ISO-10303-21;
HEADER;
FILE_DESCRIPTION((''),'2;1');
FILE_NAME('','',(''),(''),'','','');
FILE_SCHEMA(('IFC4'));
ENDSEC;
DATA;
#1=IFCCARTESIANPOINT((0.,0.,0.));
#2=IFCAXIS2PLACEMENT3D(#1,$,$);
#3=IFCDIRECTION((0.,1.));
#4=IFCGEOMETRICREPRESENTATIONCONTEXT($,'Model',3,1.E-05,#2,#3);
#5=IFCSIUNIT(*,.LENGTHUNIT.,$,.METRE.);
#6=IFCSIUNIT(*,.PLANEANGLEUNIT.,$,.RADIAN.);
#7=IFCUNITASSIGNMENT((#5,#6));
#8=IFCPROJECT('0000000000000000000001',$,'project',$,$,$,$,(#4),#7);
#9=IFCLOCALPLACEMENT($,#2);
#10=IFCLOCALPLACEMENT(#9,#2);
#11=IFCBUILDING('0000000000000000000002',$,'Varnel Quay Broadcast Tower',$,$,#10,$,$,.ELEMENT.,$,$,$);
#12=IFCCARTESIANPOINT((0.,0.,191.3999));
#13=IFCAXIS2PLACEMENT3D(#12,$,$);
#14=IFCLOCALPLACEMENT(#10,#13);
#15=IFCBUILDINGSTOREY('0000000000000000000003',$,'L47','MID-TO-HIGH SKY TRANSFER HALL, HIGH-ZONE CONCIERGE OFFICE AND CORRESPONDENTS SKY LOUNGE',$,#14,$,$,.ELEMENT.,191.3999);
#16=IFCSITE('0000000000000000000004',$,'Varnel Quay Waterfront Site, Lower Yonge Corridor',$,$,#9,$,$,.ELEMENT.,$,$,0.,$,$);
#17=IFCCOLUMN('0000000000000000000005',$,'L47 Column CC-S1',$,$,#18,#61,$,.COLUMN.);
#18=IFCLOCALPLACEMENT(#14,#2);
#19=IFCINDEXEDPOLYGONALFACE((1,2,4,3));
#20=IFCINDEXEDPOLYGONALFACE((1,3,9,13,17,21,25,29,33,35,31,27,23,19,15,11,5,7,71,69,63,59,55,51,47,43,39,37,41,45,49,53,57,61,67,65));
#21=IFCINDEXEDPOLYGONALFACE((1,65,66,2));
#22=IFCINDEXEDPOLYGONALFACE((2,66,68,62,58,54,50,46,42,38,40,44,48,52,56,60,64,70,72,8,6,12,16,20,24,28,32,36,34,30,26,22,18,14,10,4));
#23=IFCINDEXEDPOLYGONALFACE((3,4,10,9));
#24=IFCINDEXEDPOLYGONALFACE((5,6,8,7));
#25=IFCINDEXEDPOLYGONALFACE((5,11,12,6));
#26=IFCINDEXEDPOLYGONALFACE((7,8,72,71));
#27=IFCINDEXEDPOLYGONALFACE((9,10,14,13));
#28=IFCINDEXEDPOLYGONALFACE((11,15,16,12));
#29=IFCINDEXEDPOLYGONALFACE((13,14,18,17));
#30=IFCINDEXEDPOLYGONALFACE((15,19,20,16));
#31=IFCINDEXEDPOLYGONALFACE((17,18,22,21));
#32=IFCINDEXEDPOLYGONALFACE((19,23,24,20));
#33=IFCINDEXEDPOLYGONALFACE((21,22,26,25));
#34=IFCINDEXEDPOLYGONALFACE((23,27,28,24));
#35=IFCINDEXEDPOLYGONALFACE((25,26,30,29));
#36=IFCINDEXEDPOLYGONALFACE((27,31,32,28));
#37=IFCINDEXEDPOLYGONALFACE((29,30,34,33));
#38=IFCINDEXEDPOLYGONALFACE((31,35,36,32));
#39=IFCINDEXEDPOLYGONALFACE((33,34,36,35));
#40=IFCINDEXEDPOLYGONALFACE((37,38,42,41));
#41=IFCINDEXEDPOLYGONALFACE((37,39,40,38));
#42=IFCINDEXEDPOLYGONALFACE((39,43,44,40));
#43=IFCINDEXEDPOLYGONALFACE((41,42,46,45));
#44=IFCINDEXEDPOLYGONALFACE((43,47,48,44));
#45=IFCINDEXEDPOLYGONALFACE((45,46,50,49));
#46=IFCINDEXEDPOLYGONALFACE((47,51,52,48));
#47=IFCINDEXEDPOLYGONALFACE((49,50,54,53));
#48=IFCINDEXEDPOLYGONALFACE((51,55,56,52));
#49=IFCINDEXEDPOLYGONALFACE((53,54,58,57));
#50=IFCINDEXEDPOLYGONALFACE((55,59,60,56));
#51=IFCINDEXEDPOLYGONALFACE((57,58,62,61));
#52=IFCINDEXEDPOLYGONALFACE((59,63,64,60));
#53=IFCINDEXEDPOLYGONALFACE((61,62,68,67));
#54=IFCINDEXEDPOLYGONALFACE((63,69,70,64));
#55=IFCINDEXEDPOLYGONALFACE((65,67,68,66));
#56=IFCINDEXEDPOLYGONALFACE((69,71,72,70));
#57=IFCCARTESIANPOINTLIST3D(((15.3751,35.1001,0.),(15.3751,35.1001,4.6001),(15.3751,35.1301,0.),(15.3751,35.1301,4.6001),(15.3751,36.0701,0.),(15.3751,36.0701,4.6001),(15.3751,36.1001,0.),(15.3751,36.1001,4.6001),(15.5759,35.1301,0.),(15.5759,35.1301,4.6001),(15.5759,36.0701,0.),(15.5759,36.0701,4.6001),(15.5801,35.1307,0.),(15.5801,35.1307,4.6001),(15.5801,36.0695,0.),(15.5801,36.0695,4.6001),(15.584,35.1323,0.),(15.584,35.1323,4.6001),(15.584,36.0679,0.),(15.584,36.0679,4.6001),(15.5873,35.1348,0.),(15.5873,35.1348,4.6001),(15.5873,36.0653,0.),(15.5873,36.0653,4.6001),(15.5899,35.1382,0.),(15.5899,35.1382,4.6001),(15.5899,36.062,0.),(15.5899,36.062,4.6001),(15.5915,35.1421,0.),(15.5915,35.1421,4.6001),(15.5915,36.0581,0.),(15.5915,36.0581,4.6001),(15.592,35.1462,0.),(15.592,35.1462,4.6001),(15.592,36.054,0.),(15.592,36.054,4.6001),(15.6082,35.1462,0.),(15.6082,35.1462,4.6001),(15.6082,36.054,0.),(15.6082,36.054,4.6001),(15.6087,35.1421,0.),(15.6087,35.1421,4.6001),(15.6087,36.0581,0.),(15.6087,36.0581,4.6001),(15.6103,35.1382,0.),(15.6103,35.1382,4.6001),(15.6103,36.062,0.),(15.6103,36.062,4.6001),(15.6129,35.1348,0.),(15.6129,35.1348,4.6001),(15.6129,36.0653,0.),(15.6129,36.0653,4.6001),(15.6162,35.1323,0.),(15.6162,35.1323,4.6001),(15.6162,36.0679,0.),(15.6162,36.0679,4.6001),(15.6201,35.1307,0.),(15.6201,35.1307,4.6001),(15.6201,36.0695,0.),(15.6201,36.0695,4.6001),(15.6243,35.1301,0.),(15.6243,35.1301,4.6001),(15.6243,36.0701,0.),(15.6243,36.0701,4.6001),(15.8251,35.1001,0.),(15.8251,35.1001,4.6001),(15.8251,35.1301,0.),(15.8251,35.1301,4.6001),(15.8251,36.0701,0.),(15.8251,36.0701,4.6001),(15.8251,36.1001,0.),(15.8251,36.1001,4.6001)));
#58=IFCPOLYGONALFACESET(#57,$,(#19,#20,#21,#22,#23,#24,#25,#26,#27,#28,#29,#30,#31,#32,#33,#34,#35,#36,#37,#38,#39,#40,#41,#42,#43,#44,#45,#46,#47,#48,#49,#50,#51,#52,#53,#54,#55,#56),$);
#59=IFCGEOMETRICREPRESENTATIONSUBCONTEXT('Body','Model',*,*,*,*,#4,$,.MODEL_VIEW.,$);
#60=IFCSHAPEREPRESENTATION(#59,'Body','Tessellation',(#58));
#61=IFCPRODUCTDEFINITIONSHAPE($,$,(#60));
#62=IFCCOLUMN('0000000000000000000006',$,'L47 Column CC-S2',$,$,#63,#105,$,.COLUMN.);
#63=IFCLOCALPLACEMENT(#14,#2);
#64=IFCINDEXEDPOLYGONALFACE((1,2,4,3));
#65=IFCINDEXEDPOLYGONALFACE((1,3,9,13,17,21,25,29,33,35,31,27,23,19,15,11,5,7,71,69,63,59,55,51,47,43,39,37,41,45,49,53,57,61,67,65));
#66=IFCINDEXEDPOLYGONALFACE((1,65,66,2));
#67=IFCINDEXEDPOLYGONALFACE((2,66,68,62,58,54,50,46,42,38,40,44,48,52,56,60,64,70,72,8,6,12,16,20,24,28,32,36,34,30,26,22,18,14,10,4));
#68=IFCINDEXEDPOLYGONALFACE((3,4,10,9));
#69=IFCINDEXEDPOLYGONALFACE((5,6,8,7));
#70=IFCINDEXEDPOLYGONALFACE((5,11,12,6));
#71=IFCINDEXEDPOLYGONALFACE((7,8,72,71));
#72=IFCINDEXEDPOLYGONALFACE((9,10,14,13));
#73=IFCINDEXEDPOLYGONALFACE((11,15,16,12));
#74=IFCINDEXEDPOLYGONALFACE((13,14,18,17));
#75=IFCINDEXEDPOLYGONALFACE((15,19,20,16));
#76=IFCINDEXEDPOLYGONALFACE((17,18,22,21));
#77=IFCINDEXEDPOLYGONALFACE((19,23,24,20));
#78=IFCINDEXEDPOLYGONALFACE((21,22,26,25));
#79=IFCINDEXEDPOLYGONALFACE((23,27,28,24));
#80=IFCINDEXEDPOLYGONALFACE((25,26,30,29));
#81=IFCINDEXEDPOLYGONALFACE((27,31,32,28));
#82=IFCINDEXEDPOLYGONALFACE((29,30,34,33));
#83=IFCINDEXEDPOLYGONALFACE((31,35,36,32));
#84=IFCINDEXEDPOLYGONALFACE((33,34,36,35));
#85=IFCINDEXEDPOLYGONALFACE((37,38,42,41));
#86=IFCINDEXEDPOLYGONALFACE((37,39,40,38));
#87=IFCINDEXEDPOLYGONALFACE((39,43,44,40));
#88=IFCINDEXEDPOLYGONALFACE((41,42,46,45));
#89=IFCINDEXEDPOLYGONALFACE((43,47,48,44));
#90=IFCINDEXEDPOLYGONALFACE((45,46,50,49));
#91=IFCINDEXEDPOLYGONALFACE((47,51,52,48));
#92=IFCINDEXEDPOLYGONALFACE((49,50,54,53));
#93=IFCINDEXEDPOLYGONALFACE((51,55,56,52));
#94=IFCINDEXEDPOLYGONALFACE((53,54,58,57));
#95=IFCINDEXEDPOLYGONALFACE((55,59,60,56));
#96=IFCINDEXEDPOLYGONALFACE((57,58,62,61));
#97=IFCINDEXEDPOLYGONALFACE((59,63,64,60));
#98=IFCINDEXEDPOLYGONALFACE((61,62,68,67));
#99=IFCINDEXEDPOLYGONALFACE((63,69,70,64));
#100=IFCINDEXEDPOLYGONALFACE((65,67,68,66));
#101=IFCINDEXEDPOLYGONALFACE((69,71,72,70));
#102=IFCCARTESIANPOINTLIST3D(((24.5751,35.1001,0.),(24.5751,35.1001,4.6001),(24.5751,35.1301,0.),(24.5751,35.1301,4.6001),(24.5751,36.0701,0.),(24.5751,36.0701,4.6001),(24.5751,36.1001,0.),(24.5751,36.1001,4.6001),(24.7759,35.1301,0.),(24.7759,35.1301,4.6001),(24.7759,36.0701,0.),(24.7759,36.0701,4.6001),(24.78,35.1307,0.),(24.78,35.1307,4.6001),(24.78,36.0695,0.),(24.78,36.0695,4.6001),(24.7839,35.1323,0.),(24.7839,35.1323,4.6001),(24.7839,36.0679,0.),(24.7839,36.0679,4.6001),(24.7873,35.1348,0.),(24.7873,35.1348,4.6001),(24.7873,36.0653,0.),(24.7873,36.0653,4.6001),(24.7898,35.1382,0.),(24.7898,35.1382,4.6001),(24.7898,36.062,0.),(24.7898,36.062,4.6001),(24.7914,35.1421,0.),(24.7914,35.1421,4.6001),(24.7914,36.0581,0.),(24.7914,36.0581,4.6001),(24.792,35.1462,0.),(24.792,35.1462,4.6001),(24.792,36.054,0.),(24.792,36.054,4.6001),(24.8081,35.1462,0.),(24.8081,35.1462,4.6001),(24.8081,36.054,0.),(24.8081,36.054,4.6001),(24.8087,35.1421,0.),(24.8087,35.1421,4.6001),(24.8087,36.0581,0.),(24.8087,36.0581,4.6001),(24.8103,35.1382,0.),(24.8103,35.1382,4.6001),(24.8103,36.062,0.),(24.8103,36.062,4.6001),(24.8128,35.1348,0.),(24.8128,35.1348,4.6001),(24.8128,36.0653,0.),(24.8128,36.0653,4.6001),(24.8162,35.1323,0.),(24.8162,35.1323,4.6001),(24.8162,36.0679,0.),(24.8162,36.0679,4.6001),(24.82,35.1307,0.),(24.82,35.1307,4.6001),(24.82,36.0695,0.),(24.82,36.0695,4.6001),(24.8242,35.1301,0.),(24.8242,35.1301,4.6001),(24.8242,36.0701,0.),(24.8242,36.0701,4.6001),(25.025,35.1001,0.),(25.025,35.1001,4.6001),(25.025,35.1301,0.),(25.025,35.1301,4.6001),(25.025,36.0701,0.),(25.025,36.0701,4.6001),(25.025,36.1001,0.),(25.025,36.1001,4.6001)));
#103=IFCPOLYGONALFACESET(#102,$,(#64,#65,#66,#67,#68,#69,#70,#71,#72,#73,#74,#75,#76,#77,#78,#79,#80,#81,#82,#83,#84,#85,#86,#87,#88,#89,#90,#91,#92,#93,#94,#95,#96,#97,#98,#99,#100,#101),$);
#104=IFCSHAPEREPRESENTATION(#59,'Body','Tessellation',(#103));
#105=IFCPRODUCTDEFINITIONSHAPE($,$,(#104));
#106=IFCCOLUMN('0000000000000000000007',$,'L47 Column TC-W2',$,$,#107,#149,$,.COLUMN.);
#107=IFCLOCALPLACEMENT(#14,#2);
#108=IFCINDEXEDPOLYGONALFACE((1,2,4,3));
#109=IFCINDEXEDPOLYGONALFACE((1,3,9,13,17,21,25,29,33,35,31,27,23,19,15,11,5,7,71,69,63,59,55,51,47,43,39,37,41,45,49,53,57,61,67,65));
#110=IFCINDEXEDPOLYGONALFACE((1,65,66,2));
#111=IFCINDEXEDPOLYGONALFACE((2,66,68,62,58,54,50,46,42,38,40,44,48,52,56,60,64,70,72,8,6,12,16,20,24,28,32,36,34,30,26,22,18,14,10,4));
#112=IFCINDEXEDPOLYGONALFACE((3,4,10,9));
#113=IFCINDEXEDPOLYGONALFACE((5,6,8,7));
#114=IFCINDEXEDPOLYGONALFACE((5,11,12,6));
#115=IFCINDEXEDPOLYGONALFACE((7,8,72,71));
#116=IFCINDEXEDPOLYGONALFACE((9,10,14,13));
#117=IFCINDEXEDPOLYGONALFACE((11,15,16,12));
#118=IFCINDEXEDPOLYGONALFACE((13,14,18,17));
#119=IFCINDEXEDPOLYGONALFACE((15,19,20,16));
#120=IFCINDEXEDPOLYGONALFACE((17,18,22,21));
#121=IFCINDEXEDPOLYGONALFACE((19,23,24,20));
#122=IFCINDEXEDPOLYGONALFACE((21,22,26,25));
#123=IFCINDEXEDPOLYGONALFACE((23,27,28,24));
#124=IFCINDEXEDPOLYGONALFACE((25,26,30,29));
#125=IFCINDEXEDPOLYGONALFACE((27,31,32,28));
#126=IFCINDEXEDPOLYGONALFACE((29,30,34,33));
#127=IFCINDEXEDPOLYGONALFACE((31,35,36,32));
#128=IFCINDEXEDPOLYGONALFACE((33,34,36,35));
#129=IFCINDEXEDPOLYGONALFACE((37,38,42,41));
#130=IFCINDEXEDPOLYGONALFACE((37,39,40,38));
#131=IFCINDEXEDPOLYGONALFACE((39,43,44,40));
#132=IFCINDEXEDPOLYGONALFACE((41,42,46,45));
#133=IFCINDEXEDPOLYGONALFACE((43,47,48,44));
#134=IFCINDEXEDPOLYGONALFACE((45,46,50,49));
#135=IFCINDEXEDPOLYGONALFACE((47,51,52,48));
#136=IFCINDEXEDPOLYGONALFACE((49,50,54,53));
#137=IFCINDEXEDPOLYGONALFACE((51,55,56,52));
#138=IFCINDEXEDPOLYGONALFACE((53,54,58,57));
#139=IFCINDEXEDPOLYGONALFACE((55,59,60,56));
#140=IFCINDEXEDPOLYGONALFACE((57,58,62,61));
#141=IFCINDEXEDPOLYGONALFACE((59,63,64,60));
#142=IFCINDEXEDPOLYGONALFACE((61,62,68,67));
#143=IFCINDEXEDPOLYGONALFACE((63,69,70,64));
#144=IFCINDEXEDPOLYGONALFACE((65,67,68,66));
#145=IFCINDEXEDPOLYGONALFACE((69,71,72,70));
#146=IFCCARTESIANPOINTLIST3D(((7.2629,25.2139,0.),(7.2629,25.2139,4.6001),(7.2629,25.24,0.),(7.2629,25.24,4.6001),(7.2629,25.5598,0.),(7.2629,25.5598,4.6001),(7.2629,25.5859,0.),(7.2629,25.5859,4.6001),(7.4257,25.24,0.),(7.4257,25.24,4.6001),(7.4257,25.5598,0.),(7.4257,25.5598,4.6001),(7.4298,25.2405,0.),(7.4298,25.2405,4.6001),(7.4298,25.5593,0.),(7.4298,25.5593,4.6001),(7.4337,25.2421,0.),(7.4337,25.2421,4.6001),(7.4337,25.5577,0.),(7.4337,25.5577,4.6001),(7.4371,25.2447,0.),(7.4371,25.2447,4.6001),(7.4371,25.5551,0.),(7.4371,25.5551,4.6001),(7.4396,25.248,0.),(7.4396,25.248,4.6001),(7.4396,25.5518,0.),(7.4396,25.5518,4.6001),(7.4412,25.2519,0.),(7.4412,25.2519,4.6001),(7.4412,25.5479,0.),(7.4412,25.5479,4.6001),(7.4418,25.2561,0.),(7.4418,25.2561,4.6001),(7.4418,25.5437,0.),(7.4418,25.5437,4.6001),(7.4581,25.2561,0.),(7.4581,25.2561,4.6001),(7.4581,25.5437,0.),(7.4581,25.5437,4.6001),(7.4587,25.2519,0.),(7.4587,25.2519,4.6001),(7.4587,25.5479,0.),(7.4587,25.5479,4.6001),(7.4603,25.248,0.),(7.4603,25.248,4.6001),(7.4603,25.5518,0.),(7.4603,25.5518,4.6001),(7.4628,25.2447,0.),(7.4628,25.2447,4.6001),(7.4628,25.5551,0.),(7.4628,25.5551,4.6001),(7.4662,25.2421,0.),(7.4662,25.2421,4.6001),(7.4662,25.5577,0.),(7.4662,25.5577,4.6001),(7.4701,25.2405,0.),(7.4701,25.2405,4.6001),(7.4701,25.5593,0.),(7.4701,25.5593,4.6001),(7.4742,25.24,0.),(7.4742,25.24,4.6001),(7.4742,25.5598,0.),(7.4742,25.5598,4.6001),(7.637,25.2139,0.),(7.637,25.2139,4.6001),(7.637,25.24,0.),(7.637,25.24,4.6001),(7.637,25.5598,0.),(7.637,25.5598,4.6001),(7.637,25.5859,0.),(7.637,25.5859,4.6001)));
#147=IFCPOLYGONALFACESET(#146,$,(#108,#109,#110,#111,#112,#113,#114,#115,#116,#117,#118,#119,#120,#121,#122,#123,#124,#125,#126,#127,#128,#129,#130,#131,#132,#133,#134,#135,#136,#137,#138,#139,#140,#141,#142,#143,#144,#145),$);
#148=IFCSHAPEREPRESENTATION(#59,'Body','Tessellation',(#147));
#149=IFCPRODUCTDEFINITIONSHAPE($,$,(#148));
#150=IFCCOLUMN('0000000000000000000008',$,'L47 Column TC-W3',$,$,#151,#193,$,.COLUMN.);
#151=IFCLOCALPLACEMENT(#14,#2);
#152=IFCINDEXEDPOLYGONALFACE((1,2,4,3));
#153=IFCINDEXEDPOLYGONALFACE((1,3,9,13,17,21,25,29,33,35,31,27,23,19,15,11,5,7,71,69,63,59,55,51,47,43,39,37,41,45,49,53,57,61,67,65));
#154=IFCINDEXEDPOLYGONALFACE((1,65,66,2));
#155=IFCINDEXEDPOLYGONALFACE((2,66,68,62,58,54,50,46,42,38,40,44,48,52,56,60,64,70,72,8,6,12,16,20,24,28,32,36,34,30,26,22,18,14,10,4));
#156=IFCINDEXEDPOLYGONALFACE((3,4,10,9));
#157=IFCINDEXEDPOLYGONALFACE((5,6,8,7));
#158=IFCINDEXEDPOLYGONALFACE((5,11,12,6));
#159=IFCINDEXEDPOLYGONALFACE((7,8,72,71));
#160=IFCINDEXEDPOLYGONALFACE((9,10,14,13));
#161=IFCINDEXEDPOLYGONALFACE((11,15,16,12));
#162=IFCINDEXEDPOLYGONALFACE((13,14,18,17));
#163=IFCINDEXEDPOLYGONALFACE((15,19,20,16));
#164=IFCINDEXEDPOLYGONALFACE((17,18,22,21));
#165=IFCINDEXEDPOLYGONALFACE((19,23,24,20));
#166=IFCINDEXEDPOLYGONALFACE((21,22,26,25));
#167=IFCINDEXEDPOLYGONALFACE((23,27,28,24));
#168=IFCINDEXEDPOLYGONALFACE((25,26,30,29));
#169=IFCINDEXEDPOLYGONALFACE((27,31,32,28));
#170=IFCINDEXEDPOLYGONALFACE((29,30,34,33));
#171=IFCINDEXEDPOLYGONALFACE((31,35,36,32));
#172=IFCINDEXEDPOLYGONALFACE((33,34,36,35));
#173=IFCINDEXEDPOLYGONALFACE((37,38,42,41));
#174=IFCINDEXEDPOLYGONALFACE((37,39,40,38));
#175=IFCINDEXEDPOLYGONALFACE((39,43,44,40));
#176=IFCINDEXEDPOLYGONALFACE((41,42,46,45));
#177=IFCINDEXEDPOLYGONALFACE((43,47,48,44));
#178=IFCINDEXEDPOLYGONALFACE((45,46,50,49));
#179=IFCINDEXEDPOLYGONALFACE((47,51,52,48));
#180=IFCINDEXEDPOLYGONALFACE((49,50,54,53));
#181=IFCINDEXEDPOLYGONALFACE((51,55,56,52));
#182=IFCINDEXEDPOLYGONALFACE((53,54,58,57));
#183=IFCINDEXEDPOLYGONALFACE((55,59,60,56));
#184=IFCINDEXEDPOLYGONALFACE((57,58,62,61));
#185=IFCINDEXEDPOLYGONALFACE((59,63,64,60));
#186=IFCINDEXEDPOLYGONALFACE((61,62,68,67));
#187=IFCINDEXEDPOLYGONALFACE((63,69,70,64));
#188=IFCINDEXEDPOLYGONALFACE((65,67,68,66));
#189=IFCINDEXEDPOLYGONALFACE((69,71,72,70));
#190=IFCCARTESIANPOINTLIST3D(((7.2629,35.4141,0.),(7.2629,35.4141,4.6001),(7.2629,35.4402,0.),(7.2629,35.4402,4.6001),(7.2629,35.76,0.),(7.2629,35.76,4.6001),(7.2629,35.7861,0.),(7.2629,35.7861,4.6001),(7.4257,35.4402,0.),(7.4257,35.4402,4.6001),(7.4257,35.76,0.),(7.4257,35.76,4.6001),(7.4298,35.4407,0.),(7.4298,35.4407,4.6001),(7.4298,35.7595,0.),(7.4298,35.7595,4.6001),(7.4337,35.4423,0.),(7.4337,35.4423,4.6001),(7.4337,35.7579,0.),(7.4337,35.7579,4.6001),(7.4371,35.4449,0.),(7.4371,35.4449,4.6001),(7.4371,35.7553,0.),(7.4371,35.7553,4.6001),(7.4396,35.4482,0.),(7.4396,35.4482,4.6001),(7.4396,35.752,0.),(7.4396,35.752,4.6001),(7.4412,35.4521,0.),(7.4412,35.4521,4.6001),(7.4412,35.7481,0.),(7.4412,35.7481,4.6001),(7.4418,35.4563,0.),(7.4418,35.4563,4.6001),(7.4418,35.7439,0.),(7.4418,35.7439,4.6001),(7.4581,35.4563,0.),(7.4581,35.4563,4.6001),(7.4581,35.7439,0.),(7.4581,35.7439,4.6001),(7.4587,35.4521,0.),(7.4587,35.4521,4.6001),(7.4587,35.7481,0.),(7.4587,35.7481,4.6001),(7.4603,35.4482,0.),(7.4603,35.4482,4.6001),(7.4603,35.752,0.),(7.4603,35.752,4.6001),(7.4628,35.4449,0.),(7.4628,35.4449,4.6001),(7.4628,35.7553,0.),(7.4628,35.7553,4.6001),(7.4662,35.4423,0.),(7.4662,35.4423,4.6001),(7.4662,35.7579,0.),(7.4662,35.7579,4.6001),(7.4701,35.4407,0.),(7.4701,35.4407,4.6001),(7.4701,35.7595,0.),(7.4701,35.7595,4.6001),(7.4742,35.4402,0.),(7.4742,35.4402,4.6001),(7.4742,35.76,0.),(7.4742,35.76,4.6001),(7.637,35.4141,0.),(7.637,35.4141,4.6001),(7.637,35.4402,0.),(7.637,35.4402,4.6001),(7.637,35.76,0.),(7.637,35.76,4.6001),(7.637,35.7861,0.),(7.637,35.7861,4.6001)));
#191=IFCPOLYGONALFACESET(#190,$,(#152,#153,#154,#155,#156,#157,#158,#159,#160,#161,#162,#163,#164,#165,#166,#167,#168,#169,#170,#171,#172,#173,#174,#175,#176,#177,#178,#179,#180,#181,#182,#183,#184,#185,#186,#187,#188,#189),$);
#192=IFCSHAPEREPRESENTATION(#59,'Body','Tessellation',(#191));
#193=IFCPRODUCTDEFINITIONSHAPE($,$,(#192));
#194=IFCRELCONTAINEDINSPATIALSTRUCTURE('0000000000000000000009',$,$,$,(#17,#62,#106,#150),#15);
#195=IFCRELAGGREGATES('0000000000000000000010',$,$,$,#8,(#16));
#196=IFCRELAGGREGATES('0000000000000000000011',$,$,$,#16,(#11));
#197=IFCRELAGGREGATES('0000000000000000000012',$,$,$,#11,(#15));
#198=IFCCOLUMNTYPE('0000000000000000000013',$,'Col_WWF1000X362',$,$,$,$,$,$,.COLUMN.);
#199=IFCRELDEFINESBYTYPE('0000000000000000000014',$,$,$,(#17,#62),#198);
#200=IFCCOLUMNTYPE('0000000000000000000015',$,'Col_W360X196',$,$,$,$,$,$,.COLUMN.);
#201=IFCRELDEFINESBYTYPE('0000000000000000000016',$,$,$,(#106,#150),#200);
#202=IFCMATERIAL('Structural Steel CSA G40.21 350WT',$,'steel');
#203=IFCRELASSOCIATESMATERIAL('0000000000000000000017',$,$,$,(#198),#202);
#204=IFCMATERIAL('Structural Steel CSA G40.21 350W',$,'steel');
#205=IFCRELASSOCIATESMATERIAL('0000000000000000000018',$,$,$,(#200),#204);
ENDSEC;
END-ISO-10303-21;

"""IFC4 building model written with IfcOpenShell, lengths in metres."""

from ifc_helpers import new_model, si_unit, direction, frame, origin, origin_2d, place, context, subcontext, project, spatial, i_section, extrude, source, transform, mapped, material, material_profile, profile_set, type_object, type_shapes, element, save


model = new_model("IFC4")

# Units and contexts
model_context = context("Model", 3, precision=1e-05, world=origin(), true_north=direction((0.0, 1.0)))
body_context = subcontext(model_context, "Body", "Model", "MODEL_VIEW")
ifc_project = project(units=[si_unit("LENGTHUNIT", "METRE"), si_unit("PLANEANGLEUNIT", "RADIAN")], contexts=[model_context])

# Site, building, storey
site_placement = place(None, origin())
site = spatial("IfcSite", under=ifc_project, at=site_placement, Name="Varnel Quay Waterfront Site, Lower Yonge Corridor", CompositionType="ELEMENT", RefElevation=0.0)
building_placement = place(site_placement, origin())
building = spatial("IfcBuilding", under=site, at=building_placement, Name="Varnel Quay Broadcast Tower", CompositionType="ELEMENT")
storey_placement = place(building_placement, frame((0.0, 0.0, 191.3999)))
storey = spatial("IfcBuildingStorey", under=building, at=storey_placement, Name="L47", Description="MID-TO-HIGH SKY TRANSFER HALL, HIGH-ZONE CONCIERGE OFFICE AND CORRESPONDENTS SKY LOUNGE", CompositionType="ELEMENT", Elevation=191.3999)

# Columns
ifc_material_1 = material(Name="Structural Steel CSA G40.21 350WT", Category="steel")
ifc_material_profile_1 = material_profile(ifc_material_1, i_section(OverallWidth=0.45, OverallDepth=1.0, WebThickness=0.0161, FlangeThickness=0.03, FilletRadius=0.0161, at=origin_2d()), Name="WWF1000X362")
ifc_profile_set_1 = profile_set([ifc_material_profile_1], Name="Structural Steel CSA G40.21 350WT")
column_type_1 = type_object("IfcColumnType", Name="Col_WWF1000X362", PredefinedType="COLUMN", material=ifc_profile_set_1)
shared_shape_1 = source(origin(), body_context, "Body", "SweptSolid", [
    extrude(i_section(OverallWidth=0.45, OverallDepth=1.0, WebThickness=0.0161, FlangeThickness=0.03, FilletRadius=0.0161, at=origin_2d()), origin(), (0.0, 0.0, 1.0), 4.6001),
])
type_shapes(column_type_1, [shared_shape_1])
for number, where, z_axis, x_axis, name in (
    (1, (15.6001, 35.6001, 0.0), (0.0, 0.0, 1.0), (1.0, 0.0, 0.0), "L47 Column CC-S1"),
    (2, (24.8, 35.6001, 0.0), (0.0, 0.0, 1.0), (1.0, 0.0, 0.0), "L47 Column CC-S2"),
):
    element("IfcColumn", number, at=place(storey_placement, frame(where, z_axis=z_axis, x_axis=x_axis)), inside=storey, type_object=column_type_1, Name=name, PredefinedType="COLUMN", context=body_context, shape_type="MappedRepresentation", body=[
        mapped(shared_shape_1, transform((0.0, 0.0, 0.0), x_axis=(1.0, 0.0, 0.0), y_axis=(0.0, 1.0, 0.0), z_axis=(0.0, 0.0, 1.0), scale=1.0)),
    ])
ifc_material_2 = material(Name="Structural Steel CSA G40.21 350W", Category="steel")
ifc_material_profile_2 = material_profile(ifc_material_2, i_section(OverallWidth=0.374, OverallDepth=0.3721, WebThickness=0.0164, FlangeThickness=0.0261, FilletRadius=0.0161, at=origin_2d()), Name="W360X196")
ifc_profile_set_2 = profile_set([ifc_material_profile_2], Name="Structural Steel CSA G40.21 350W")
column_type_2 = type_object("IfcColumnType", Name="Col_W360X196", PredefinedType="COLUMN", material=ifc_profile_set_2)
shared_shape_2 = source(origin(), body_context, "Body", "SweptSolid", [
    extrude(i_section(OverallWidth=0.374, OverallDepth=0.3721, WebThickness=0.0164, FlangeThickness=0.0261, FilletRadius=0.0161, at=origin_2d()), origin(), (0.0, 0.0, 1.0), 4.6001),
])
type_shapes(column_type_2, [shared_shape_2])
for number, where, z_axis, x_axis, name in (
    (3, (7.45, 25.3999, 0.0), (0.0, 0.0, 1.0), (1.0, 0.0, 0.0), "L47 Column TC-W2"),
    (4, (7.45, 35.6001, 0.0), (0.0, 0.0, 1.0), (1.0, 0.0, 0.0), "L47 Column TC-W3"),
):
    element("IfcColumn", number, at=place(storey_placement, frame(where, z_axis=z_axis, x_axis=x_axis)), inside=storey, type_object=column_type_2, Name=name, PredefinedType="COLUMN", context=body_context, shape_type="MappedRepresentation", body=[
        mapped(shared_shape_2, transform((0.0, 0.0, 0.0), x_axis=(1.0, 0.0, 0.0), y_axis=(0.0, 1.0, 0.0), z_axis=(0.0, 0.0, 1.0), scale=1.0)),
    ])

save(model, "model.ifc")
